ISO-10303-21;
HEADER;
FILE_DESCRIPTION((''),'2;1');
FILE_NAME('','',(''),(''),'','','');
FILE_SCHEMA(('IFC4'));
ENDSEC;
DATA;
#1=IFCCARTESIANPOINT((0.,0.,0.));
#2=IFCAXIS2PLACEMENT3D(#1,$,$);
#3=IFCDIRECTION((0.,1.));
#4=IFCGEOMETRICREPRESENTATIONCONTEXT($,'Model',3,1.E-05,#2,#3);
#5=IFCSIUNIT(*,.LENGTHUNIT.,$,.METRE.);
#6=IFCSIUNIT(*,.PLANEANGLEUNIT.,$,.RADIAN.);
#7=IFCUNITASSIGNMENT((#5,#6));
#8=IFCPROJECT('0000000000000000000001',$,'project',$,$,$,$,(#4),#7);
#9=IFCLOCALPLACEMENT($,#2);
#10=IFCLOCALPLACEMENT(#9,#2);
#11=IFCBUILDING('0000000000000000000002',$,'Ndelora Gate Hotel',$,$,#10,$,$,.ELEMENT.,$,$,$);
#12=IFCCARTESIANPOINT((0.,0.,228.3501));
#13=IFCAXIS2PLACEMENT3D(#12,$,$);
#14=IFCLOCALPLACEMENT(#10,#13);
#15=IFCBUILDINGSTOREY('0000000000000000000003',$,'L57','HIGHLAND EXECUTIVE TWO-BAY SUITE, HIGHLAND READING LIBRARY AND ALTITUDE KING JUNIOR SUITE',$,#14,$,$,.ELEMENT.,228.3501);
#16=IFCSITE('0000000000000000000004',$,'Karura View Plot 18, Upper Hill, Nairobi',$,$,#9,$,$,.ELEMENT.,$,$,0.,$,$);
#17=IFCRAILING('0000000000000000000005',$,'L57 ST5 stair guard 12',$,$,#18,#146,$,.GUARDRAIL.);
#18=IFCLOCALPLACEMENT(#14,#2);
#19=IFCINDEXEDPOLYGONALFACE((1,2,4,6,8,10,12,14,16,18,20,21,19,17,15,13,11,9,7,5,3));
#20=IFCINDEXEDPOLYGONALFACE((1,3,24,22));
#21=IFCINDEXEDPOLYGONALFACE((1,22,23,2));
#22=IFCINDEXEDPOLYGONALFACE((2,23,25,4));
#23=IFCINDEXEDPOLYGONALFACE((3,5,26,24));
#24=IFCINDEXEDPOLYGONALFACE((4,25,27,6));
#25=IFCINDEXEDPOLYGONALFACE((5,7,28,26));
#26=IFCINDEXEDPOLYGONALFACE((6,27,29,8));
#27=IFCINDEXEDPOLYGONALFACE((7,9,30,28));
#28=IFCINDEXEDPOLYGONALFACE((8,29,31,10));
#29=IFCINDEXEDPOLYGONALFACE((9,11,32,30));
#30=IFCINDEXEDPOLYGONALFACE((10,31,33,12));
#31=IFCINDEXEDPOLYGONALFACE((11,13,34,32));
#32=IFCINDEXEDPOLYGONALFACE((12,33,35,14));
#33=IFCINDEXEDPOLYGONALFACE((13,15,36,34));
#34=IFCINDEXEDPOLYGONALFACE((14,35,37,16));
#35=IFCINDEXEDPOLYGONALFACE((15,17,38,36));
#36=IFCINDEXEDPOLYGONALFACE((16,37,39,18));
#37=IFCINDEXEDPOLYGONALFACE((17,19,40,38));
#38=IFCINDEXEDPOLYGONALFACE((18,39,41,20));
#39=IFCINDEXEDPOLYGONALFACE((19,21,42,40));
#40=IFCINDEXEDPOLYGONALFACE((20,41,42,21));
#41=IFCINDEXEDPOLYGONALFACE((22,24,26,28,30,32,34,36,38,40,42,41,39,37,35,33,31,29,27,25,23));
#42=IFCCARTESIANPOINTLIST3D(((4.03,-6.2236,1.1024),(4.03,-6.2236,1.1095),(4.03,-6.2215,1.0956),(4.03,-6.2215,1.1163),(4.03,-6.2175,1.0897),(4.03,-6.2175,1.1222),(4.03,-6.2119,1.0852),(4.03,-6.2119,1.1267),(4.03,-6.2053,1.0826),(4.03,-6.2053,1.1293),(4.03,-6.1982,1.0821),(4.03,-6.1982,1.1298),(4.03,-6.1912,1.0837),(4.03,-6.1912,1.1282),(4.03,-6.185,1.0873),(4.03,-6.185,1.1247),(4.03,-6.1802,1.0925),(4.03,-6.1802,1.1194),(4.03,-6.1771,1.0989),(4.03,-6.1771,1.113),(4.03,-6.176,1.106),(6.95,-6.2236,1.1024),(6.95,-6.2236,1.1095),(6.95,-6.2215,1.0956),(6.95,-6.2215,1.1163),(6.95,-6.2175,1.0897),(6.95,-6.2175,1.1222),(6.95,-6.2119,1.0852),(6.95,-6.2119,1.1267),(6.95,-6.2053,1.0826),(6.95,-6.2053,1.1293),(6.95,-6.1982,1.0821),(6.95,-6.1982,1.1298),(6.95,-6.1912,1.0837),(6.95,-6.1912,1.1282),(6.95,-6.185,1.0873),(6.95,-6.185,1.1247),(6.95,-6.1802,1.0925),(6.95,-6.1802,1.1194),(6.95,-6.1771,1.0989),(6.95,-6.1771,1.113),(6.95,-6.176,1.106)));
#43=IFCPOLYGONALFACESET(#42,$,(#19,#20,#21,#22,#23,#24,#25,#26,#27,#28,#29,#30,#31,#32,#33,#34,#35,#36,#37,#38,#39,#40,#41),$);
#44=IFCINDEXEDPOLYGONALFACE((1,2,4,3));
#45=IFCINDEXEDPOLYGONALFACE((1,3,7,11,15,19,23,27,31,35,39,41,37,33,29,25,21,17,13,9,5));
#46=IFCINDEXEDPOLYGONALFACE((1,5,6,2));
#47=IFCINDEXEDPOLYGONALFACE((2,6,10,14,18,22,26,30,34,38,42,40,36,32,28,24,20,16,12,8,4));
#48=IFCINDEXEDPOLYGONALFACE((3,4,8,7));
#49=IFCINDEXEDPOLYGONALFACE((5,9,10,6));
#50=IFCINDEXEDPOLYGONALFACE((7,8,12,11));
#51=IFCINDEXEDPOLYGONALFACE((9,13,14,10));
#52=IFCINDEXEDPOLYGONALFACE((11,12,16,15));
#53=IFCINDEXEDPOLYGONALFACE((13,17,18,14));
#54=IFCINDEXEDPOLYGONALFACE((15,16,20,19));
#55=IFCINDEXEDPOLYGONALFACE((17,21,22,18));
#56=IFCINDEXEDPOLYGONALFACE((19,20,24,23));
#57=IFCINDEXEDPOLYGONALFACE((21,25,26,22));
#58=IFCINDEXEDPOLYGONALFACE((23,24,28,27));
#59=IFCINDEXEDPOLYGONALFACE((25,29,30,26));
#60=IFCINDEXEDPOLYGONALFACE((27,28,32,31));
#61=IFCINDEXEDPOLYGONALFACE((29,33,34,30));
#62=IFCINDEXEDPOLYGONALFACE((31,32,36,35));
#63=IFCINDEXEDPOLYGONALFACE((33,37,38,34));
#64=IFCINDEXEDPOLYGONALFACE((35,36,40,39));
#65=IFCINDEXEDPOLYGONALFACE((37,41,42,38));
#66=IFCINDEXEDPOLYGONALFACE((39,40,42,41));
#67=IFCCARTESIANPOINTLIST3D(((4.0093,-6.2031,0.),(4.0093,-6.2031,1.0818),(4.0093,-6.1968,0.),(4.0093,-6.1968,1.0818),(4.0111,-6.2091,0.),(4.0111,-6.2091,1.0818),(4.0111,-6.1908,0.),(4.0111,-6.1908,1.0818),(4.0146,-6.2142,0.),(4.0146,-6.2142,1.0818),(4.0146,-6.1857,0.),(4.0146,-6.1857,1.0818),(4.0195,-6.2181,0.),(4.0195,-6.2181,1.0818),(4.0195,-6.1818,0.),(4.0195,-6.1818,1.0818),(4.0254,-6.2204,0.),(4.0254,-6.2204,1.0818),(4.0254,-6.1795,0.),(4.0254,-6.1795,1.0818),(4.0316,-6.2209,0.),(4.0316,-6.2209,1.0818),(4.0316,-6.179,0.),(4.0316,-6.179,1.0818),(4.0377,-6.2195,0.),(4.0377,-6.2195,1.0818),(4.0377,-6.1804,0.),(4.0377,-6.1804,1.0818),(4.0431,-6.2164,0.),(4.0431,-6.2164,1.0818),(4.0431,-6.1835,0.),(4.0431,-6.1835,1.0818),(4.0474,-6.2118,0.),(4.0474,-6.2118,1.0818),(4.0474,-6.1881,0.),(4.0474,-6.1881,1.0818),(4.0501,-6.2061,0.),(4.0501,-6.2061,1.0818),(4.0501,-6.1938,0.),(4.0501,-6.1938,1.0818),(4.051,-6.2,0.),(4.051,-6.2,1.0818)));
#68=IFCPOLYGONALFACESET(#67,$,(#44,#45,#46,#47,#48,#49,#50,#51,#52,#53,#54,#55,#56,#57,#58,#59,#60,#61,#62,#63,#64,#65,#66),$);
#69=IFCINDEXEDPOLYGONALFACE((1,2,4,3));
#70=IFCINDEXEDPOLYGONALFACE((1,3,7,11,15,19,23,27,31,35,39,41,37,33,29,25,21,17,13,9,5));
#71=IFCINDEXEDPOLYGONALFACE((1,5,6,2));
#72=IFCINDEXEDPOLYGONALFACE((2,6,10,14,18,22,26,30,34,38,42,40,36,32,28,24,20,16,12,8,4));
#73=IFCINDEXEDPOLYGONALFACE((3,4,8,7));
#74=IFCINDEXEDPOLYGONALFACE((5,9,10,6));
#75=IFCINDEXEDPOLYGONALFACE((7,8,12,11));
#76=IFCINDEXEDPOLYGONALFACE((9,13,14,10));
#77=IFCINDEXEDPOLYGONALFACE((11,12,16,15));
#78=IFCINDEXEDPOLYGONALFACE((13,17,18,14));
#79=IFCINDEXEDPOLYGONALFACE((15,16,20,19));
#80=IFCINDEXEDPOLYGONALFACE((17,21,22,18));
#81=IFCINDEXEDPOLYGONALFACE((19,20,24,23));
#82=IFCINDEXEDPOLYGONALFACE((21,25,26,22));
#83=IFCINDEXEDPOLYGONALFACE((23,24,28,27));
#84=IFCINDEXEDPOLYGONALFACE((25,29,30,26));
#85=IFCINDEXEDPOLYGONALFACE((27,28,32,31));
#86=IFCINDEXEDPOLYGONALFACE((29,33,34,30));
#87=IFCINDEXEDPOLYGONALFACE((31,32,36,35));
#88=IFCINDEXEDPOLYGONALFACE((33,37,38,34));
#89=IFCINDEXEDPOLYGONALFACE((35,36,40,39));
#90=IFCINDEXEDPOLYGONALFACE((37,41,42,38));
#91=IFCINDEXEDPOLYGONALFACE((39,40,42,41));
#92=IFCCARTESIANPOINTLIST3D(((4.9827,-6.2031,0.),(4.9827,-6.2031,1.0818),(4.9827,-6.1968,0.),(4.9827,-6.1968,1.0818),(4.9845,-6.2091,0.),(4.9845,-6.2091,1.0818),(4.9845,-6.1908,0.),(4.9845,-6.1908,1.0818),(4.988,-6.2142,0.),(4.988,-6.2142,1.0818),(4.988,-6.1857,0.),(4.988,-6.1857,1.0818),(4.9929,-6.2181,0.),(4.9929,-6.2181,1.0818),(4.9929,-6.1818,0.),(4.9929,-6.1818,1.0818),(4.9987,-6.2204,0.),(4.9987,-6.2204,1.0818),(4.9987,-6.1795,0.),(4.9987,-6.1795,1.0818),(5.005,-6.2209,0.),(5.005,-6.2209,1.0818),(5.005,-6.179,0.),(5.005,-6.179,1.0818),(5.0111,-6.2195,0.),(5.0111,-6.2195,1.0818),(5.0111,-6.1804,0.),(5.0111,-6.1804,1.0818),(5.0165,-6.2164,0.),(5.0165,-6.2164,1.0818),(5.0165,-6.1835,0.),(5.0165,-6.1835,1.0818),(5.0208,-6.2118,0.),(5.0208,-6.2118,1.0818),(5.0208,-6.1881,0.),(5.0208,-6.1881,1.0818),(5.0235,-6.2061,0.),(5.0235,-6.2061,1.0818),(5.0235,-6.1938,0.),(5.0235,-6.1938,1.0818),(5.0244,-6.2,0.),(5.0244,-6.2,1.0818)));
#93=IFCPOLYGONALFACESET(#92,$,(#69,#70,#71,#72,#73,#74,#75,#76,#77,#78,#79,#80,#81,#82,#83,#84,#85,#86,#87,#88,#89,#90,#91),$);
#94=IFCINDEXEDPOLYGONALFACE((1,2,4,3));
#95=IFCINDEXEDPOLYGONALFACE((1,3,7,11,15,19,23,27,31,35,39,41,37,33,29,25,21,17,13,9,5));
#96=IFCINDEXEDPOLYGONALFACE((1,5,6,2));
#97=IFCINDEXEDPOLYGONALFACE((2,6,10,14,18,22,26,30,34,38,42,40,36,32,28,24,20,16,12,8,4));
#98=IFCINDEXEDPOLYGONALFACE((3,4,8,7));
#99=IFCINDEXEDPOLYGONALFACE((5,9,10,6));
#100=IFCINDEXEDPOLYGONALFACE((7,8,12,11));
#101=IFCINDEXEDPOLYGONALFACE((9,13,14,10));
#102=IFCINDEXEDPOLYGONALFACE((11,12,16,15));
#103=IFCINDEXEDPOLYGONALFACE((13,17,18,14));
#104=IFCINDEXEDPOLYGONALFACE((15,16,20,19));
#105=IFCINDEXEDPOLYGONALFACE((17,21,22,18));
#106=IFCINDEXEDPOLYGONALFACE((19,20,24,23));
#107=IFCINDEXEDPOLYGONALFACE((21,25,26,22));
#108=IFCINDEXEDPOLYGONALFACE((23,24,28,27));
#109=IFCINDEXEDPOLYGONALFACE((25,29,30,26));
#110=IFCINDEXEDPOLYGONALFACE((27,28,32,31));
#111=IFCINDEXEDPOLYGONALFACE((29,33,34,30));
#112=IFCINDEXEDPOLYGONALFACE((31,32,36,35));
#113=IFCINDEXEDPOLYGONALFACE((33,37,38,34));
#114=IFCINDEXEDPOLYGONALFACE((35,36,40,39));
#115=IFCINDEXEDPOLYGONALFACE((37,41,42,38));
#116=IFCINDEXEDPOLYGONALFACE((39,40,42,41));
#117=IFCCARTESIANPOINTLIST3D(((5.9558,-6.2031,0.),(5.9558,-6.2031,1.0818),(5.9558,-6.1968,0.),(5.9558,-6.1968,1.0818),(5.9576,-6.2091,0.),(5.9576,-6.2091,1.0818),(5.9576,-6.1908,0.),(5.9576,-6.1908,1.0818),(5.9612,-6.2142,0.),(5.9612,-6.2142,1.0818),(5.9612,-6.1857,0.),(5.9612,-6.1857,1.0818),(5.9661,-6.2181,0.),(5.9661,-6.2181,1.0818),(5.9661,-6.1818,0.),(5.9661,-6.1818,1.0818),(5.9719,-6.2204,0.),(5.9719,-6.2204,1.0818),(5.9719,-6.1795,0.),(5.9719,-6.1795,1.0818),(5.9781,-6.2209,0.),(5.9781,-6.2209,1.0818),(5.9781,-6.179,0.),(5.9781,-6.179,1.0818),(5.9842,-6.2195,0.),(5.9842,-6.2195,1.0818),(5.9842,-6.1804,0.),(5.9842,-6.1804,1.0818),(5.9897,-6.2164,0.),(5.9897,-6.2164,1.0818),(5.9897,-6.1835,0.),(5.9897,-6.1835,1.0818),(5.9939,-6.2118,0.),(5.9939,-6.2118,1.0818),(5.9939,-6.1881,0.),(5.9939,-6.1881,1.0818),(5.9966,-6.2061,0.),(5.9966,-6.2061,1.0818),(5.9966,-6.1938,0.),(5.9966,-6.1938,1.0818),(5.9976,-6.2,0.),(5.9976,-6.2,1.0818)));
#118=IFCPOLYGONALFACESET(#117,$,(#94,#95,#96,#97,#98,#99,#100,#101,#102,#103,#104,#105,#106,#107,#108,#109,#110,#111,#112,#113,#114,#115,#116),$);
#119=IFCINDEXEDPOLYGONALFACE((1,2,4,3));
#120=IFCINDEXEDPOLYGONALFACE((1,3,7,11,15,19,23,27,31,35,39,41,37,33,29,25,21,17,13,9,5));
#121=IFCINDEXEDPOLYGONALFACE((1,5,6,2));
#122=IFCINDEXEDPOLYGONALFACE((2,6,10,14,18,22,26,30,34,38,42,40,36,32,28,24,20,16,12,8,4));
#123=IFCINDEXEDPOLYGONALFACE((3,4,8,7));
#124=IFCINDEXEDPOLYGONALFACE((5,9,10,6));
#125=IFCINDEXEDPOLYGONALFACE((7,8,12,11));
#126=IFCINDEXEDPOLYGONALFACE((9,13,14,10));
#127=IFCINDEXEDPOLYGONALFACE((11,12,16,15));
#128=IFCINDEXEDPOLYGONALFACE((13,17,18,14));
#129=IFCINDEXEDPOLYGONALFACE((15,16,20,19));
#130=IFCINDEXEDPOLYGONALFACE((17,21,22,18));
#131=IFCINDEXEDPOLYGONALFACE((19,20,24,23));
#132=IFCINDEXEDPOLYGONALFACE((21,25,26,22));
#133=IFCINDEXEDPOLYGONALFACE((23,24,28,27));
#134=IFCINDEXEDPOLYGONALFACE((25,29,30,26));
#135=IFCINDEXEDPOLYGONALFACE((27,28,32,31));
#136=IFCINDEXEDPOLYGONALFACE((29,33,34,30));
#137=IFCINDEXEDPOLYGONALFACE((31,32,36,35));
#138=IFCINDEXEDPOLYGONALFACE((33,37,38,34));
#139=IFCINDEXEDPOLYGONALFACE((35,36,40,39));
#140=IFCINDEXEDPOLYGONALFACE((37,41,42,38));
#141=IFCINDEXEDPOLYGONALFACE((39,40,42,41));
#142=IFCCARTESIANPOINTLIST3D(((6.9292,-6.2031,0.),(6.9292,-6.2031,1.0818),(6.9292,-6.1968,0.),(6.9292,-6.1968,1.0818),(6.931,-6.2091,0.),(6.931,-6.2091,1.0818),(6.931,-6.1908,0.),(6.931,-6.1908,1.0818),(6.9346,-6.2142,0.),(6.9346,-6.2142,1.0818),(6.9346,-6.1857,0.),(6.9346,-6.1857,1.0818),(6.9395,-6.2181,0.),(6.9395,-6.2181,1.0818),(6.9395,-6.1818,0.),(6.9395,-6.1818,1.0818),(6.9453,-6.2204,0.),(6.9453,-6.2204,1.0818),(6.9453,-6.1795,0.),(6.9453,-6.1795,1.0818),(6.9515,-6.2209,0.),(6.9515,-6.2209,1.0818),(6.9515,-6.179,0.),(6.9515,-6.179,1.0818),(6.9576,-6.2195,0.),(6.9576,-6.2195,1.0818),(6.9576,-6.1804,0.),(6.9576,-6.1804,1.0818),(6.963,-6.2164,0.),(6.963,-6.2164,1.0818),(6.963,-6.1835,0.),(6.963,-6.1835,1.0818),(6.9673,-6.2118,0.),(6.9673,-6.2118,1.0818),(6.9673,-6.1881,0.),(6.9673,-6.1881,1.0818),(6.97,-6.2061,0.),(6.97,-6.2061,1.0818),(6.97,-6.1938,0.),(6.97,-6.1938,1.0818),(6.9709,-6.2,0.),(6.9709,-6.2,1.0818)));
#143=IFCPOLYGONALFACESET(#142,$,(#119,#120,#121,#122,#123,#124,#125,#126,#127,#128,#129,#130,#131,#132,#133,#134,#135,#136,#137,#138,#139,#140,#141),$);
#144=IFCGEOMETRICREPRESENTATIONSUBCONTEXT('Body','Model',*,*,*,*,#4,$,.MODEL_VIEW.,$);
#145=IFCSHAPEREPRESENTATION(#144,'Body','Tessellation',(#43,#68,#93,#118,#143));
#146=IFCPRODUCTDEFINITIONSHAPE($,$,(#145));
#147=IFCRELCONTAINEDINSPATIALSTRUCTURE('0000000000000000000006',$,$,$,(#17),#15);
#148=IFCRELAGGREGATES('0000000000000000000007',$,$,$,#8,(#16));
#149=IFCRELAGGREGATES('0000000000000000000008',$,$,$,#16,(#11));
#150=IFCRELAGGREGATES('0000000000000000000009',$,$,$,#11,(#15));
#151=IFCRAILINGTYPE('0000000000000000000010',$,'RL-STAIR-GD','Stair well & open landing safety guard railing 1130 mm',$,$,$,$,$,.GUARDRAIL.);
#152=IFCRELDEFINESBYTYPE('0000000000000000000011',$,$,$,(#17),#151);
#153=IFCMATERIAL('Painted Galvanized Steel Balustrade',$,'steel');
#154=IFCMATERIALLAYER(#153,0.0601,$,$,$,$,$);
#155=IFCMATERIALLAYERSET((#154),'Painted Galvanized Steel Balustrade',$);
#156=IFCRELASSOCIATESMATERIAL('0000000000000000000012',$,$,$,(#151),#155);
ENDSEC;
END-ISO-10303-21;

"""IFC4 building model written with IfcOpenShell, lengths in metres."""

from ifc_helpers import new_model, si_unit, direction, frame, origin, origin_2d, place, context, subcontext, project, spatial, circle, extrude, material, layer, layer_set, type_object, element, save


model = new_model("IFC4")

# Units and contexts
model_context = context("Model", 3, precision=1e-05, world=origin(), true_north=direction((0.0, 1.0)))
body_context = subcontext(model_context, "Body", "Model", "MODEL_VIEW")
ifc_project = project(units=[si_unit("LENGTHUNIT", "METRE"), si_unit("PLANEANGLEUNIT", "RADIAN")], contexts=[model_context])

# Site, building, storey
site_placement = place(None, origin())
site = spatial("IfcSite", under=ifc_project, at=site_placement, Name="Karura View Plot 18, Upper Hill, Nairobi", CompositionType="ELEMENT", RefElevation=0.0)
building_placement = place(site_placement, origin())
building = spatial("IfcBuilding", under=site, at=building_placement, Name="Ndelora Gate Hotel", CompositionType="ELEMENT")
storey_placement = place(building_placement, frame((0.0, 0.0, 228.3501)))
storey = spatial("IfcBuildingStorey", under=building, at=storey_placement, Name="L57", Description="HIGHLAND EXECUTIVE TWO-BAY SUITE, HIGHLAND READING LIBRARY AND ALTITUDE KING JUNIOR SUITE", CompositionType="ELEMENT", Elevation=228.3501)

# Railing
ifc_material_1 = material(Name="Painted Galvanized Steel Balustrade", Category="steel")
ifc_layer_1 = layer(ifc_material_1, 0.0601)
ifc_layer_set_1 = layer_set([ifc_layer_1], Name="Painted Galvanized Steel Balustrade")
railing_type_1 = type_object("IfcRailingType", Name="RL-STAIR-GD", Description="Stair well & open landing safety guard railing 1130 mm", PredefinedType="GUARDRAIL", material=ifc_layer_set_1)
railing_1_placement = place(storey_placement, frame((4.03, -6.2, 0.0)))
element("IfcRailing", 1, at=railing_1_placement, inside=storey, type_object=railing_type_1, Name="L57 ST5 stair guard 12", PredefinedType="GUARDRAIL", context=body_context, shape_type="SweptSolid", body=[
    extrude(circle(Radius=0.0239, at=origin_2d()), frame((0.0, 0.0, 1.106), z_axis=(1.0, 0.0, 0.0), x_axis=(0.0, 1.0, 0.0)), (0.0, 0.0, 1.0), 2.9199),
    extrude(circle(Radius=0.021, at=origin_2d()), origin(), (0.0, 0.0, 1.0), 1.0818),
    extrude(circle(Radius=0.021, at=origin_2d()), frame((0.9734, 0.0, 0.0)), (0.0, 0.0, 1.0), 1.0818),
    extrude(circle(Radius=0.021, at=origin_2d()), frame((1.9465, 0.0, 0.0)), (0.0, 0.0, 1.0), 1.0818),
    extrude(circle(Radius=0.021, at=origin_2d()), frame((2.9199, 0.0, 0.0)), (0.0, 0.0, 1.0), 1.0818),
])

save(model, "model.ifc")
